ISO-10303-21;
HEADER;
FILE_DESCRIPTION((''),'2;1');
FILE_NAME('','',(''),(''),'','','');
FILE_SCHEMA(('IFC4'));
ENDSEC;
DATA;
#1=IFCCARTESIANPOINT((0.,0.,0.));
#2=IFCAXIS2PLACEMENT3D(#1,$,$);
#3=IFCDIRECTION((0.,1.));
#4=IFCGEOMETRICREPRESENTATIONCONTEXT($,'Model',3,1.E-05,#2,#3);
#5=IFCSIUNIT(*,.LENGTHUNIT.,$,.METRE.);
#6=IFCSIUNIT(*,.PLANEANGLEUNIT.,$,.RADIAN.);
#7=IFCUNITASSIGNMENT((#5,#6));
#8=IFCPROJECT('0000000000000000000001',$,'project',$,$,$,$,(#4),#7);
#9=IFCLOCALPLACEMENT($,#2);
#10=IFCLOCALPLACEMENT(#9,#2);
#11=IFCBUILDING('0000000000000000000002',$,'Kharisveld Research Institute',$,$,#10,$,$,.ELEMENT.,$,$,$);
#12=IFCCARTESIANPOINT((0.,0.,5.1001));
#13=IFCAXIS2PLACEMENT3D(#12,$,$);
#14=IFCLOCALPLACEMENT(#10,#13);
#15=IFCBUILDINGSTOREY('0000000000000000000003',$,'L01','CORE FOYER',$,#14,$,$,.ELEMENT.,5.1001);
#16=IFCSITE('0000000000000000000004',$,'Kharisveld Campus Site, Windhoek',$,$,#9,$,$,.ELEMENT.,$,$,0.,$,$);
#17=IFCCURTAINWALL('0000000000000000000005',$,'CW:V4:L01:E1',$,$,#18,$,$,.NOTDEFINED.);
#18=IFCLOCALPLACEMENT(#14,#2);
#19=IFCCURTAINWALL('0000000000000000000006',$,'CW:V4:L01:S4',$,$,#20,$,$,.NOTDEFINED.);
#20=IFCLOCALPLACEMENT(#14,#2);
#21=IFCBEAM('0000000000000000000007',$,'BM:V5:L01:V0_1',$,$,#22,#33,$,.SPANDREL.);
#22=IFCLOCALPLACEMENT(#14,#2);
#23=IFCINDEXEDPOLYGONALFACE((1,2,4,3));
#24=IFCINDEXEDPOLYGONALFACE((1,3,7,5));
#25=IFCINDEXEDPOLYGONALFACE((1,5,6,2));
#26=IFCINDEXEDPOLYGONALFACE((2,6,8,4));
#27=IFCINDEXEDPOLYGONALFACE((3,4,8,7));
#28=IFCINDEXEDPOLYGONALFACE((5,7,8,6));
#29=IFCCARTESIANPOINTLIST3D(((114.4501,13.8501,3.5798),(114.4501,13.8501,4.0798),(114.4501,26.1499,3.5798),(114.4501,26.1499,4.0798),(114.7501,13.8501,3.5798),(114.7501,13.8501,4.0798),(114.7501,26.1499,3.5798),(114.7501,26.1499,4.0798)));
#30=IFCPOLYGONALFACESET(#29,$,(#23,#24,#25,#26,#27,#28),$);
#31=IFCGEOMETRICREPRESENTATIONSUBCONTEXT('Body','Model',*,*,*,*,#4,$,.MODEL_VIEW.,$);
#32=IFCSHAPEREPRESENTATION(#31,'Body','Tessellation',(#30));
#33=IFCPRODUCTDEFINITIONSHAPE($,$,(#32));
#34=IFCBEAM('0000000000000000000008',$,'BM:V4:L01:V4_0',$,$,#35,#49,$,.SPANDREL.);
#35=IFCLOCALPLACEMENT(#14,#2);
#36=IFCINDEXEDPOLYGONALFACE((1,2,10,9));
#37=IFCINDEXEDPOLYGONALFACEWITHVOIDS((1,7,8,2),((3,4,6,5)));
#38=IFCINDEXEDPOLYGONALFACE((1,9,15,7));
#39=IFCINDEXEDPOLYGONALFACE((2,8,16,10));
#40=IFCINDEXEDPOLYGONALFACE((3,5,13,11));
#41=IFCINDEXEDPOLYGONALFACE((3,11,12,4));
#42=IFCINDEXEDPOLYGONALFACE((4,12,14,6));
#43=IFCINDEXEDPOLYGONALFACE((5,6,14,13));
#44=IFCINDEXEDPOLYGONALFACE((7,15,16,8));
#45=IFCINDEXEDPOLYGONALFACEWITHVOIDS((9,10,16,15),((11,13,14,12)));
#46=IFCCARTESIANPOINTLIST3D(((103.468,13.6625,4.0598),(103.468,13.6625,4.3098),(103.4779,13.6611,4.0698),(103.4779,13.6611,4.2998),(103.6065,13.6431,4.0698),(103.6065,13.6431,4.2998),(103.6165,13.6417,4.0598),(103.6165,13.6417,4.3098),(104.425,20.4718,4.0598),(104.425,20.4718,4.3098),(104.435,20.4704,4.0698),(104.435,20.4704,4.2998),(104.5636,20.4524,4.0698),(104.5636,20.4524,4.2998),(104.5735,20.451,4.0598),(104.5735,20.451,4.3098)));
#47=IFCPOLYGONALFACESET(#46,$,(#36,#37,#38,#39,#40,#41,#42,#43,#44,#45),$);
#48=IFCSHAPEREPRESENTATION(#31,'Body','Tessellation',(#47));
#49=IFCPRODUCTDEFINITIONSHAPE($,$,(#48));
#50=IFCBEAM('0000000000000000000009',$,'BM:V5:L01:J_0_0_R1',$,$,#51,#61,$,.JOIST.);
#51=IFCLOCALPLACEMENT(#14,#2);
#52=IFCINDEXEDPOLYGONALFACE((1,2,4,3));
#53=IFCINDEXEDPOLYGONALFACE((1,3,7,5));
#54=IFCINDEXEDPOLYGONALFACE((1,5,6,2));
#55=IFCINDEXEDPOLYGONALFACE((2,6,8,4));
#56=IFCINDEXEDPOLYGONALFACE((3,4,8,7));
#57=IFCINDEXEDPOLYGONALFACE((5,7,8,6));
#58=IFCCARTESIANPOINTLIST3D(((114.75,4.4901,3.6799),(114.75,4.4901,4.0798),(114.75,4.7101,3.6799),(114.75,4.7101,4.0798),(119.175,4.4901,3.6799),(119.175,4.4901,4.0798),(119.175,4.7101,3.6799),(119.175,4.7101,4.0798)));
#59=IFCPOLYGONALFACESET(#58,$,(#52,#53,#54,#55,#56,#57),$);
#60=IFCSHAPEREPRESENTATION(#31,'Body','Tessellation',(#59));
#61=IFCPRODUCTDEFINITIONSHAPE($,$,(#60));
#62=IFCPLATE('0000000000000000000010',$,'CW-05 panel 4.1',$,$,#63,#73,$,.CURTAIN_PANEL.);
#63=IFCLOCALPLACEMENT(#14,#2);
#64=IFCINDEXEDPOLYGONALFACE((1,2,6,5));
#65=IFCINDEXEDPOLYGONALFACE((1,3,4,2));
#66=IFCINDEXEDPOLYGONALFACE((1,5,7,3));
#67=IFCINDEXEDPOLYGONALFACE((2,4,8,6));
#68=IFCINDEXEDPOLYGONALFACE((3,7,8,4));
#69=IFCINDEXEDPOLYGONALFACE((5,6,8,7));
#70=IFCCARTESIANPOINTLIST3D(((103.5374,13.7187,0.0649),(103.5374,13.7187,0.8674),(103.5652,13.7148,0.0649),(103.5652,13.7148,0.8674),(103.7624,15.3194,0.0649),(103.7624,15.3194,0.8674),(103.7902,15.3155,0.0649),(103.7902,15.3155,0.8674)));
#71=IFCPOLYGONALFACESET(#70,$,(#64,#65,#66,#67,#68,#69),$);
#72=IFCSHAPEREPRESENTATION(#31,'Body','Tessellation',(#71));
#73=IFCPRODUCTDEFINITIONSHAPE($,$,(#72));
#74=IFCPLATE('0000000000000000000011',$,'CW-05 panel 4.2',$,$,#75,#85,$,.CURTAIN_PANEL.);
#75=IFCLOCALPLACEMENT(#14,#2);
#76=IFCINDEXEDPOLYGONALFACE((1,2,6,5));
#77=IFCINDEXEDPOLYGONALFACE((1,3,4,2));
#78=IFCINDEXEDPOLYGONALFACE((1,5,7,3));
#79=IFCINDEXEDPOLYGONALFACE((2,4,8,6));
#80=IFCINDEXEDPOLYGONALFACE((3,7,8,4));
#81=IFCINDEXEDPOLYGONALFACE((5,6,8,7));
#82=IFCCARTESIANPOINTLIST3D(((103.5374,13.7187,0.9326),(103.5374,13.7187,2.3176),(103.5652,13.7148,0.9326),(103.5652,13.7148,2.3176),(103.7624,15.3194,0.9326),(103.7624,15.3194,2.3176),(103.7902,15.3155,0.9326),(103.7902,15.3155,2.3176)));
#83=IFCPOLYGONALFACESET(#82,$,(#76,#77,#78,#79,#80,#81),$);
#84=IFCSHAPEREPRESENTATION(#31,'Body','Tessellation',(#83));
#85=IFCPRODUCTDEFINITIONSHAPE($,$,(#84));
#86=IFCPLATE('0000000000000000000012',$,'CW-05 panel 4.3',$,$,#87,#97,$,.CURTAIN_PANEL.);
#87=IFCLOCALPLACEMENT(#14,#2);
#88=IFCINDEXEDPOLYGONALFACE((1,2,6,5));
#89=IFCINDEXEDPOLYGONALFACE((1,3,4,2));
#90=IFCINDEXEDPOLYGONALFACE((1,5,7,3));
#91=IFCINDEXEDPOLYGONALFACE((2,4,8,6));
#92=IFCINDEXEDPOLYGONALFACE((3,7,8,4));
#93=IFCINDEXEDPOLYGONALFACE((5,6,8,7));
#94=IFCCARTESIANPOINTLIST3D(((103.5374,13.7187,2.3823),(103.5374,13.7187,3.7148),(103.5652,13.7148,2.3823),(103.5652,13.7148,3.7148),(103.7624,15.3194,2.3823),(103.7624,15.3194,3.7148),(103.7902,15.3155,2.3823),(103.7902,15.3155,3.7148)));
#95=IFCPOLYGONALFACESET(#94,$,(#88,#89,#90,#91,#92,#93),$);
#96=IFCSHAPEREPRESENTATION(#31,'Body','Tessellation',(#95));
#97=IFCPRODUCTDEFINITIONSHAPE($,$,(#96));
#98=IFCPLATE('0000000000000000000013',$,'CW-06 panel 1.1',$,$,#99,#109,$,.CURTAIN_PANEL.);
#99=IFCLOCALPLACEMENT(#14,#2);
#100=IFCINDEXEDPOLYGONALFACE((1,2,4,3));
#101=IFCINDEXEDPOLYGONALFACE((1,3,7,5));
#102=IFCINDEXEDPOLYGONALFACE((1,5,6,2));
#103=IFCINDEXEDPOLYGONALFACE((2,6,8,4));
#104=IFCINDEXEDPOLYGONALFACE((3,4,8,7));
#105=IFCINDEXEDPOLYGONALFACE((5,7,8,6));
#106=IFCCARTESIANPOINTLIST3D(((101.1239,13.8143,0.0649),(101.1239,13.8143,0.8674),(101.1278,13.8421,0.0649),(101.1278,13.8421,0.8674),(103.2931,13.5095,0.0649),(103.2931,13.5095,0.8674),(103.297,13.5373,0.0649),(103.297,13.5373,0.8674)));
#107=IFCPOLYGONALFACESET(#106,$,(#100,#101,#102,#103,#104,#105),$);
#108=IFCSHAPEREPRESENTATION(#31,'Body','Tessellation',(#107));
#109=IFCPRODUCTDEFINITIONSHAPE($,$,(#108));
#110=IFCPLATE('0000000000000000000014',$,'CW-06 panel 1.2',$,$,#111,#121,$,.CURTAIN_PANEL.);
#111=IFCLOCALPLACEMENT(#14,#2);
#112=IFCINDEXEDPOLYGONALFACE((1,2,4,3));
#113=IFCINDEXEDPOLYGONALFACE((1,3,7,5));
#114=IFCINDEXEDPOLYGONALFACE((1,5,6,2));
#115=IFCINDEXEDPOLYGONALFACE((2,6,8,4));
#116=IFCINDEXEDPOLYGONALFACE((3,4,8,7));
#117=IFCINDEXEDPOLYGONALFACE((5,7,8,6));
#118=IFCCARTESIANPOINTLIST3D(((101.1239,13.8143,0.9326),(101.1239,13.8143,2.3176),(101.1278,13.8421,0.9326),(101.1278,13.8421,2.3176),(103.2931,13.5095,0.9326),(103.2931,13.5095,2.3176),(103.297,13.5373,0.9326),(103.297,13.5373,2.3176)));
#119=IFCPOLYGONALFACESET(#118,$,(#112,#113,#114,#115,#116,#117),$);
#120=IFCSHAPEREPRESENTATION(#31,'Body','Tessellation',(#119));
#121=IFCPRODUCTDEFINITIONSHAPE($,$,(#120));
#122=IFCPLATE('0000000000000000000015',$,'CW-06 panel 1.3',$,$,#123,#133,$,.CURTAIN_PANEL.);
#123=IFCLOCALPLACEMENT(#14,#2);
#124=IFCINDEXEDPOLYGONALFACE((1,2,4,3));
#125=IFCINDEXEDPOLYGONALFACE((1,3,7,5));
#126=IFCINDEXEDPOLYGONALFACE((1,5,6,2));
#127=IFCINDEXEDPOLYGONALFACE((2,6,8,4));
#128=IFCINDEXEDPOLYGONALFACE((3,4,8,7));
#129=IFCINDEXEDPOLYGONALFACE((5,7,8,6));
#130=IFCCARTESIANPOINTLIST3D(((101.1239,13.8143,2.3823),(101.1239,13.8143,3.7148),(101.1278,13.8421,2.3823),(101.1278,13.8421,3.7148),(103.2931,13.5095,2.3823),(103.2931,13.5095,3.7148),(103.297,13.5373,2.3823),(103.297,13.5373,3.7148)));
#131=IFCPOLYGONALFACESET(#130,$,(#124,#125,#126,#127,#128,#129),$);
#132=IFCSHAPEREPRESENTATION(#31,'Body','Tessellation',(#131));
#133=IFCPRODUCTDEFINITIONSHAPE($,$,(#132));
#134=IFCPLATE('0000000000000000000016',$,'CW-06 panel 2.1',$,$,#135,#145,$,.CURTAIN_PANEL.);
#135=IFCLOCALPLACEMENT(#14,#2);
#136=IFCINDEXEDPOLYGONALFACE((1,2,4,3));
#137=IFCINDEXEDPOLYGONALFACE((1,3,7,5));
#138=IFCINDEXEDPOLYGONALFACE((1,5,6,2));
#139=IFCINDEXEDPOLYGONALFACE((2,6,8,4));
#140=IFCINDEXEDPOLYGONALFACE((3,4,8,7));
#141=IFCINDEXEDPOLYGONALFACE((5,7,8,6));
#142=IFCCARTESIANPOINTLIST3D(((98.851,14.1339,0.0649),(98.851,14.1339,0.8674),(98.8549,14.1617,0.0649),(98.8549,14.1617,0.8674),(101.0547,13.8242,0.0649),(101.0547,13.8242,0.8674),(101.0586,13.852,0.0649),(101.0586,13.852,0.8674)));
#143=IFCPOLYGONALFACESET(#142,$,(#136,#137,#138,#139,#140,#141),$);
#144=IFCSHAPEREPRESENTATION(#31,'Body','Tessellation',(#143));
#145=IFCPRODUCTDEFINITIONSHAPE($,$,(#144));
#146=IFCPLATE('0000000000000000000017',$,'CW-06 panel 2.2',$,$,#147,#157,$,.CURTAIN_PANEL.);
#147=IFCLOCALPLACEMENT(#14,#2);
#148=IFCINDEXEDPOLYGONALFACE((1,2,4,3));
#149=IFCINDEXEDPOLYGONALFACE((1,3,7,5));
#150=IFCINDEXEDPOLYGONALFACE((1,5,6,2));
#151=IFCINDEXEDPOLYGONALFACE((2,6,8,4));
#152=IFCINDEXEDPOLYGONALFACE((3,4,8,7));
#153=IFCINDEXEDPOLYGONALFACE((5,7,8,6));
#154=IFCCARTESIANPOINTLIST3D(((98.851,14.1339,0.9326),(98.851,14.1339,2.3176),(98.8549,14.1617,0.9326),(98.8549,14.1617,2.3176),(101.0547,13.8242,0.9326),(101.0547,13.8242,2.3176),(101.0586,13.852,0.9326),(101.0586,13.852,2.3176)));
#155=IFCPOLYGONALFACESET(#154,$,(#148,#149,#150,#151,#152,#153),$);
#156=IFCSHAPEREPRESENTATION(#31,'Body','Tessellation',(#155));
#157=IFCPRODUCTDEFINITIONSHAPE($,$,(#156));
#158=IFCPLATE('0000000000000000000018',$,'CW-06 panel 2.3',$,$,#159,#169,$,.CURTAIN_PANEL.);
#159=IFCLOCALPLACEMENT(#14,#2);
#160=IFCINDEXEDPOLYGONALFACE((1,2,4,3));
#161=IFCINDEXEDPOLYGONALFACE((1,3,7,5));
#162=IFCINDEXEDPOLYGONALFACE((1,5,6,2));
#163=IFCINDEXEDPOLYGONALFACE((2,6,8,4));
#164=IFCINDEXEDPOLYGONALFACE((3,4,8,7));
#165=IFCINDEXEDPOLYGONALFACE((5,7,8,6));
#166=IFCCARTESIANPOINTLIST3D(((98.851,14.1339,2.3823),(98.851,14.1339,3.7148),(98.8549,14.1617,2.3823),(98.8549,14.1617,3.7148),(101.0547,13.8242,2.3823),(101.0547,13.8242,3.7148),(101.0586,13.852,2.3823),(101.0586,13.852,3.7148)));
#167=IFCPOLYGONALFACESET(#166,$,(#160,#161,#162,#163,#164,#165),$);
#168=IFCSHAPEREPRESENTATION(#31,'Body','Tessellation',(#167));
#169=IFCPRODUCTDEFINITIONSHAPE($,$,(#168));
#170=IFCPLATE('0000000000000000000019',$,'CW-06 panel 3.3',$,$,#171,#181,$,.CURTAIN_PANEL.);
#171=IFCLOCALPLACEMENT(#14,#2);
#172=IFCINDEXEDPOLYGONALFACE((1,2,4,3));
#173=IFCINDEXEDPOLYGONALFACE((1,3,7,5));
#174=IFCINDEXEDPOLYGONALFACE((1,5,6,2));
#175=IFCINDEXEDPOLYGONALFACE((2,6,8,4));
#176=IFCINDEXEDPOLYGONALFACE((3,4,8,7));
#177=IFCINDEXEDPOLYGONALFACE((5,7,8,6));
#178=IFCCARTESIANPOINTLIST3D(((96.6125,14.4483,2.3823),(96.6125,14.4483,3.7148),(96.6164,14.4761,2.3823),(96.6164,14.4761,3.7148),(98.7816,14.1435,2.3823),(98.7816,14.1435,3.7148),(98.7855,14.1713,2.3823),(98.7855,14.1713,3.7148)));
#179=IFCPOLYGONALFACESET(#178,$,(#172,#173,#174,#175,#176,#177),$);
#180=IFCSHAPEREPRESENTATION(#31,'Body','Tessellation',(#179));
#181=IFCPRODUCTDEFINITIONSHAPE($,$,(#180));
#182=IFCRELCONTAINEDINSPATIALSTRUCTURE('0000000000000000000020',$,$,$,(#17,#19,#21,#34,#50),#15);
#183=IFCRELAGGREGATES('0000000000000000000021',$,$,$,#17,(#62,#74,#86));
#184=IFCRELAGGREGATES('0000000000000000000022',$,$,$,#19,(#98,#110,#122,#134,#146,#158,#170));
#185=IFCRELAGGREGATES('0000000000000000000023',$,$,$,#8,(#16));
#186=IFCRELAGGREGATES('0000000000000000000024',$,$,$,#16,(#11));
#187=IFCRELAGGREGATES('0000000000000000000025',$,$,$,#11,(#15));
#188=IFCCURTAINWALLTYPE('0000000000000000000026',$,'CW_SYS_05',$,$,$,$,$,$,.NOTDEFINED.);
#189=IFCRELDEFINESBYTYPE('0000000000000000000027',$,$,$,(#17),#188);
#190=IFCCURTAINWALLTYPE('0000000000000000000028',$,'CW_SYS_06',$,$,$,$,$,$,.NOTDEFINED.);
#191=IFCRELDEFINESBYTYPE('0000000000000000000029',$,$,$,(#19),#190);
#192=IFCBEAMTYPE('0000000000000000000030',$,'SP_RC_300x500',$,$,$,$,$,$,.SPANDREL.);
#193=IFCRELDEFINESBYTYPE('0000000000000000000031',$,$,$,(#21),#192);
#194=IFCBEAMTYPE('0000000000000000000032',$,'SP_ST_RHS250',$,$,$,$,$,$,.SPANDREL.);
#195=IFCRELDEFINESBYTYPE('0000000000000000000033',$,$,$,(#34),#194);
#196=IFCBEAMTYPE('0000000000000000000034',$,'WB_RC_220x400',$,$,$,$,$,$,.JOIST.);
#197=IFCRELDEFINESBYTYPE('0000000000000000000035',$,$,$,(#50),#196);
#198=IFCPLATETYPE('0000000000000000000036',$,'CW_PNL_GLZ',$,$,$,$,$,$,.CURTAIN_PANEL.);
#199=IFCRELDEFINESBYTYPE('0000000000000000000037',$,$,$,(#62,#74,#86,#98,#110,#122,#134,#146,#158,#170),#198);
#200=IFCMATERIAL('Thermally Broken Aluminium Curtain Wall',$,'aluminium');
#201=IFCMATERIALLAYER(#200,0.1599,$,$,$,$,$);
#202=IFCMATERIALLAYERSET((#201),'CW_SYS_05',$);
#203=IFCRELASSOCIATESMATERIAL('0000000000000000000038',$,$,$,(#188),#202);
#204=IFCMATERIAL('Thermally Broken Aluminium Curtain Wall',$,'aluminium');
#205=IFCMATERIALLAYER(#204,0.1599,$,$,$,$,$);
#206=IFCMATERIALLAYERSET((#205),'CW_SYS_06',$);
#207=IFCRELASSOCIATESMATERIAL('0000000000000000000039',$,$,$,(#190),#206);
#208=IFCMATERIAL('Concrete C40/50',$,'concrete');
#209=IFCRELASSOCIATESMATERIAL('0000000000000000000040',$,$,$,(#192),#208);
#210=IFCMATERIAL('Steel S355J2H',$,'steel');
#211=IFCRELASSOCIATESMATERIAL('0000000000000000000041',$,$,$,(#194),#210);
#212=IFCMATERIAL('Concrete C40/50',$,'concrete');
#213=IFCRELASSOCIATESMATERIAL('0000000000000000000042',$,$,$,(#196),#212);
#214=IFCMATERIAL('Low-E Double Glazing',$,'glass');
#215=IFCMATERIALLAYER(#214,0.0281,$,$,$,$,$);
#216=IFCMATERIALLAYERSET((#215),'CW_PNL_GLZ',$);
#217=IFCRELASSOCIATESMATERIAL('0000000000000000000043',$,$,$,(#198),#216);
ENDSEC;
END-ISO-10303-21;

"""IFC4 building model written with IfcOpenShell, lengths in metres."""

from ifc_helpers import new_model, si_unit, direction, frame, origin, origin_2d, place, context, subcontext, project, spatial, rectangle, hollow_rectangle, extrude, material, layer, layer_set, material_profile, profile_set, type_object, element, aggregate, save


model = new_model("IFC4")

# Units and contexts
model_context = context("Model", 3, precision=1e-05, world=origin(), true_north=direction((0.0, 1.0)))
body_context = subcontext(model_context, "Body", "Model", "MODEL_VIEW")
ifc_project = project(units=[si_unit("LENGTHUNIT", "METRE"), si_unit("PLANEANGLEUNIT", "RADIAN")], contexts=[model_context])

# Site, building, storey
site_placement = place(None, origin())
site = spatial("IfcSite", under=ifc_project, at=site_placement, Name="Kharisveld Campus Site, Windhoek", CompositionType="ELEMENT", RefElevation=0.0)
building_placement = place(site_placement, origin())
building = spatial("IfcBuilding", under=site, at=building_placement, Name="Kharisveld Research Institute", CompositionType="ELEMENT")
storey_placement = place(building_placement, frame((0.0, 0.0, 5.1001)))
storey = spatial("IfcBuildingStorey", under=building, at=storey_placement, Name="L01", Description="CORE FOYER", CompositionType="ELEMENT", Elevation=5.1001)

# Curtain wall
ifc_material_1 = material(Name="Thermally Broken Aluminium Curtain Wall", Category="aluminium")
ifc_layer_1 = layer(ifc_material_1, 0.1599)
ifc_layer_set_1 = layer_set([ifc_layer_1], Name="CW_SYS_05")
curtain_wall_type_1 = type_object("IfcCurtainWallType", Name="CW_SYS_05", PredefinedType="NOTDEFINED", material=ifc_layer_set_1)
curtain_wall_1_placement = place(storey_placement, origin())
curtain_wall_1 = element("IfcCurtainWall", 1, at=curtain_wall_1_placement, inside=storey, type_object=curtain_wall_type_1, Name="CW:V4:L01:E1", PredefinedType="NOTDEFINED")

# Curtain wall
ifc_material_2 = material(Name="Thermally Broken Aluminium Curtain Wall", Category="aluminium")
ifc_layer_2 = layer(ifc_material_2, 0.1599)
ifc_layer_set_2 = layer_set([ifc_layer_2], Name="CW_SYS_06")
curtain_wall_type_2 = type_object("IfcCurtainWallType", Name="CW_SYS_06", PredefinedType="NOTDEFINED", material=ifc_layer_set_2)
curtain_wall_2_placement = place(storey_placement, origin())
curtain_wall_2 = element("IfcCurtainWall", 2, at=curtain_wall_2_placement, inside=storey, type_object=curtain_wall_type_2, Name="CW:V4:L01:S4", PredefinedType="NOTDEFINED")

# Beams
ifc_material_3 = material(Name="Concrete C40/50", Category="concrete")
ifc_material_profile_1 = material_profile(ifc_material_3, rectangle(XDim=0.3, YDim=0.5, at=origin_2d()))
ifc_profile_set_1 = profile_set([ifc_material_profile_1], Name="Concrete C40/50")
beam_type_1 = type_object("IfcBeamType", Name="SP_RC_300x500", PredefinedType="SPANDREL", material=ifc_profile_set_1)
beam_1_placement = place(storey_placement, frame((114.6001, 13.8501, 3.8298), z_axis=(0.0, 1.0, 0.0), x_axis=(-1.0, 0.0, 0.0)))
element("IfcBeam", 3, at=beam_1_placement, inside=storey, type_object=beam_type_1, Name="BM:V5:L01:V0_1", PredefinedType="SPANDREL", context=body_context, shape_type="SweptSolid", body=[
    extrude(rectangle(XDim=0.3, YDim=0.5, at=origin_2d()), origin(), (0.0, 0.0, 1.0), 12.2998),
])
ifc_material_4 = material(Name="Steel S355J2H", Category="steel")
ifc_material_profile_2 = material_profile(ifc_material_4, hollow_rectangle(XDim=0.1499, YDim=0.25, WallThickness=0.01, at=origin_2d()))
ifc_profile_set_2 = profile_set([ifc_material_profile_2], Name="Steel S355J2H")
beam_type_2 = type_object("IfcBeamType", Name="SP_ST_RHS250", PredefinedType="SPANDREL", material=ifc_profile_set_2)
beam_2_placement = place(storey_placement, frame((103.5422, 13.6521, 4.1848), z_axis=(0.139179, 0.990267, 0.0), x_axis=(-0.990267, 0.139179, 0.0)))
element("IfcBeam", 4, at=beam_2_placement, inside=storey, type_object=beam_type_2, Name="BM:V4:L01:V4_0", PredefinedType="SPANDREL", context=body_context, shape_type="SweptSolid", body=[
    extrude(hollow_rectangle(XDim=0.1499, YDim=0.25, WallThickness=0.01, at=origin_2d()), origin(), (0.0, 0.0, 1.0), 6.8762),
])
ifc_material_5 = material(Name="Concrete C40/50", Category="concrete")
ifc_material_profile_3 = material_profile(ifc_material_5, rectangle(XDim=0.22, YDim=0.3999, at=origin_2d()))
ifc_profile_set_3 = profile_set([ifc_material_profile_3], Name="Concrete C40/50")
beam_type_3 = type_object("IfcBeamType", Name="WB_RC_220x400", PredefinedType="JOIST", material=ifc_profile_set_3)
beam_3_placement = place(storey_placement, frame((114.75, 4.6001, 3.8799), z_axis=(1.0, 0.0, 0.0), x_axis=(0.0, 1.0, 0.0)))
element("IfcBeam", 5, at=beam_3_placement, inside=storey, type_object=beam_type_3, Name="BM:V5:L01:J_0_0_R1", PredefinedType="JOIST", context=body_context, shape_type="SweptSolid", body=[
    extrude(rectangle(XDim=0.22, YDim=0.3999, at=origin_2d()), origin(), (0.0, 0.0, 1.0), 4.425),
])

# Plates
ifc_material_6 = material(Name="Low-E Double Glazing", Category="glass")
ifc_layer_3 = layer(ifc_material_6, 0.0281)
ifc_layer_set_3 = layer_set([ifc_layer_3], Name="CW_PNL_GLZ")
plate_type = type_object("IfcPlateType", Name="CW_PNL_GLZ", PredefinedType="CURTAIN_PANEL", material=ifc_layer_set_3)
plate_1_placement = place(storey_placement, frame((103.6638, 14.5171, 0.0649), z_axis=(0.0, 0.0, 1.0), x_axis=(-0.139173, -0.990268, 0.0)))
plate_1 = element("IfcPlate", 6, at=plate_1_placement, type_object=plate_type, Name="CW-05 panel 4.1", PredefinedType="CURTAIN_PANEL", context=body_context, shape_type="SweptSolid", body=[
    extrude(rectangle(XDim=1.6165, YDim=0.0281, at=origin_2d()), origin(), (0.0, 0.0, 1.0), 0.8025),
])
plate_2_placement = place(storey_placement, frame((103.6638, 14.5171, 0.9326), z_axis=(0.0, 0.0, 1.0), x_axis=(-0.139173, -0.990268, 0.0)))
plate_2 = element("IfcPlate", 7, at=plate_2_placement, type_object=plate_type, Name="CW-05 panel 4.2", PredefinedType="CURTAIN_PANEL", context=body_context, shape_type="SweptSolid", body=[
    extrude(rectangle(XDim=1.6165, YDim=0.0281, at=origin_2d()), origin(), (0.0, 0.0, 1.0), 1.385),
])
plate_3_placement = place(storey_placement, frame((103.6638, 14.5171, 2.3823), z_axis=(0.0, 0.0, 1.0), x_axis=(-0.139173, -0.990268, 0.0)))
plate_3 = element("IfcPlate", 8, at=plate_3_placement, type_object=plate_type, Name="CW-05 panel 4.3", PredefinedType="CURTAIN_PANEL", context=body_context, shape_type="SweptSolid", body=[
    extrude(rectangle(XDim=1.6165, YDim=0.0281, at=origin_2d()), origin(), (0.0, 0.0, 1.0), 1.3325),
])
aggregate(curtain_wall_1, [plate_1, plate_2, plate_3])
plate_4_placement = place(storey_placement, frame((102.2104, 13.6758, 0.0649), z_axis=(0.0, 0.0, 1.0), x_axis=(-0.990268, 0.139173, 0.0)))
plate_4 = element("IfcPlate", 9, at=plate_4_placement, type_object=plate_type, Name="CW-06 panel 1.1", PredefinedType="CURTAIN_PANEL", context=body_context, shape_type="SweptSolid", body=[
    extrude(rectangle(XDim=2.1904, YDim=0.0281, at=origin_2d()), origin(), (0.0, 0.0, 1.0), 0.8025),
])
plate_5_placement = place(storey_placement, frame((102.2104, 13.6758, 0.9326), z_axis=(0.0, 0.0, 1.0), x_axis=(-0.990268, 0.139173, 0.0)))
plate_5 = element("IfcPlate", 10, at=plate_5_placement, type_object=plate_type, Name="CW-06 panel 1.2", PredefinedType="CURTAIN_PANEL", context=body_context, shape_type="SweptSolid", body=[
    extrude(rectangle(XDim=2.1904, YDim=0.0281, at=origin_2d()), origin(), (0.0, 0.0, 1.0), 1.385),
])
plate_6_placement = place(storey_placement, frame((102.2104, 13.6758, 2.3823), z_axis=(0.0, 0.0, 1.0), x_axis=(-0.990268, 0.139173, 0.0)))
plate_6 = element("IfcPlate", 11, at=plate_6_placement, type_object=plate_type, Name="CW-06 panel 1.3", PredefinedType="CURTAIN_PANEL", context=body_context, shape_type="SweptSolid", body=[
    extrude(rectangle(XDim=2.1904, YDim=0.0281, at=origin_2d()), origin(), (0.0, 0.0, 1.0), 1.3325),
])
plate_7_placement = place(storey_placement, frame((99.9548, 13.9929, 0.0649), z_axis=(0.0, 0.0, 1.0), x_axis=(-0.990268, 0.139173, 0.0)))
plate_7 = element("IfcPlate", 12, at=plate_7_placement, type_object=plate_type, Name="CW-06 panel 2.1", PredefinedType="CURTAIN_PANEL", context=body_context, shape_type="SweptSolid", body=[
    extrude(rectangle(XDim=2.2253, YDim=0.0281, at=origin_2d()), origin(), (0.0, 0.0, 1.0), 0.8025),
])
plate_8_placement = place(storey_placement, frame((99.9548, 13.9929, 0.9326), z_axis=(0.0, 0.0, 1.0), x_axis=(-0.990268, 0.139173, 0.0)))
plate_8 = element("IfcPlate", 13, at=plate_8_placement, type_object=plate_type, Name="CW-06 panel 2.2", PredefinedType="CURTAIN_PANEL", context=body_context, shape_type="SweptSolid", body=[
    extrude(rectangle(XDim=2.2253, YDim=0.0281, at=origin_2d()), origin(), (0.0, 0.0, 1.0), 1.385),
])
plate_9_placement = place(storey_placement, frame((99.9548, 13.9929, 2.3823), z_axis=(0.0, 0.0, 1.0), x_axis=(-0.990268, 0.139173, 0.0)))
plate_9 = element("IfcPlate", 14, at=plate_9_placement, type_object=plate_type, Name="CW-06 panel 2.3", PredefinedType="CURTAIN_PANEL", context=body_context, shape_type="SweptSolid", body=[
    extrude(rectangle(XDim=2.2253, YDim=0.0281, at=origin_2d()), origin(), (0.0, 0.0, 1.0), 1.3325),
])
plate_10_placement = place(storey_placement, frame((97.699, 14.3098, 2.3823), z_axis=(0.0, 0.0, 1.0), x_axis=(-0.990268, 0.139173, 0.0)))
plate_10 = element("IfcPlate", 15, at=plate_10_placement, type_object=plate_type, Name="CW-06 panel 3.3", PredefinedType="CURTAIN_PANEL", context=body_context, shape_type="SweptSolid", body=[
    extrude(rectangle(XDim=2.1904, YDim=0.0281, at=origin_2d()), origin(), (0.0, 0.0, 1.0), 1.3325),
])
aggregate(curtain_wall_2, [plate_4, plate_5, plate_6, plate_7, plate_8, plate_9, plate_10])

save(model, "model.ifc")
